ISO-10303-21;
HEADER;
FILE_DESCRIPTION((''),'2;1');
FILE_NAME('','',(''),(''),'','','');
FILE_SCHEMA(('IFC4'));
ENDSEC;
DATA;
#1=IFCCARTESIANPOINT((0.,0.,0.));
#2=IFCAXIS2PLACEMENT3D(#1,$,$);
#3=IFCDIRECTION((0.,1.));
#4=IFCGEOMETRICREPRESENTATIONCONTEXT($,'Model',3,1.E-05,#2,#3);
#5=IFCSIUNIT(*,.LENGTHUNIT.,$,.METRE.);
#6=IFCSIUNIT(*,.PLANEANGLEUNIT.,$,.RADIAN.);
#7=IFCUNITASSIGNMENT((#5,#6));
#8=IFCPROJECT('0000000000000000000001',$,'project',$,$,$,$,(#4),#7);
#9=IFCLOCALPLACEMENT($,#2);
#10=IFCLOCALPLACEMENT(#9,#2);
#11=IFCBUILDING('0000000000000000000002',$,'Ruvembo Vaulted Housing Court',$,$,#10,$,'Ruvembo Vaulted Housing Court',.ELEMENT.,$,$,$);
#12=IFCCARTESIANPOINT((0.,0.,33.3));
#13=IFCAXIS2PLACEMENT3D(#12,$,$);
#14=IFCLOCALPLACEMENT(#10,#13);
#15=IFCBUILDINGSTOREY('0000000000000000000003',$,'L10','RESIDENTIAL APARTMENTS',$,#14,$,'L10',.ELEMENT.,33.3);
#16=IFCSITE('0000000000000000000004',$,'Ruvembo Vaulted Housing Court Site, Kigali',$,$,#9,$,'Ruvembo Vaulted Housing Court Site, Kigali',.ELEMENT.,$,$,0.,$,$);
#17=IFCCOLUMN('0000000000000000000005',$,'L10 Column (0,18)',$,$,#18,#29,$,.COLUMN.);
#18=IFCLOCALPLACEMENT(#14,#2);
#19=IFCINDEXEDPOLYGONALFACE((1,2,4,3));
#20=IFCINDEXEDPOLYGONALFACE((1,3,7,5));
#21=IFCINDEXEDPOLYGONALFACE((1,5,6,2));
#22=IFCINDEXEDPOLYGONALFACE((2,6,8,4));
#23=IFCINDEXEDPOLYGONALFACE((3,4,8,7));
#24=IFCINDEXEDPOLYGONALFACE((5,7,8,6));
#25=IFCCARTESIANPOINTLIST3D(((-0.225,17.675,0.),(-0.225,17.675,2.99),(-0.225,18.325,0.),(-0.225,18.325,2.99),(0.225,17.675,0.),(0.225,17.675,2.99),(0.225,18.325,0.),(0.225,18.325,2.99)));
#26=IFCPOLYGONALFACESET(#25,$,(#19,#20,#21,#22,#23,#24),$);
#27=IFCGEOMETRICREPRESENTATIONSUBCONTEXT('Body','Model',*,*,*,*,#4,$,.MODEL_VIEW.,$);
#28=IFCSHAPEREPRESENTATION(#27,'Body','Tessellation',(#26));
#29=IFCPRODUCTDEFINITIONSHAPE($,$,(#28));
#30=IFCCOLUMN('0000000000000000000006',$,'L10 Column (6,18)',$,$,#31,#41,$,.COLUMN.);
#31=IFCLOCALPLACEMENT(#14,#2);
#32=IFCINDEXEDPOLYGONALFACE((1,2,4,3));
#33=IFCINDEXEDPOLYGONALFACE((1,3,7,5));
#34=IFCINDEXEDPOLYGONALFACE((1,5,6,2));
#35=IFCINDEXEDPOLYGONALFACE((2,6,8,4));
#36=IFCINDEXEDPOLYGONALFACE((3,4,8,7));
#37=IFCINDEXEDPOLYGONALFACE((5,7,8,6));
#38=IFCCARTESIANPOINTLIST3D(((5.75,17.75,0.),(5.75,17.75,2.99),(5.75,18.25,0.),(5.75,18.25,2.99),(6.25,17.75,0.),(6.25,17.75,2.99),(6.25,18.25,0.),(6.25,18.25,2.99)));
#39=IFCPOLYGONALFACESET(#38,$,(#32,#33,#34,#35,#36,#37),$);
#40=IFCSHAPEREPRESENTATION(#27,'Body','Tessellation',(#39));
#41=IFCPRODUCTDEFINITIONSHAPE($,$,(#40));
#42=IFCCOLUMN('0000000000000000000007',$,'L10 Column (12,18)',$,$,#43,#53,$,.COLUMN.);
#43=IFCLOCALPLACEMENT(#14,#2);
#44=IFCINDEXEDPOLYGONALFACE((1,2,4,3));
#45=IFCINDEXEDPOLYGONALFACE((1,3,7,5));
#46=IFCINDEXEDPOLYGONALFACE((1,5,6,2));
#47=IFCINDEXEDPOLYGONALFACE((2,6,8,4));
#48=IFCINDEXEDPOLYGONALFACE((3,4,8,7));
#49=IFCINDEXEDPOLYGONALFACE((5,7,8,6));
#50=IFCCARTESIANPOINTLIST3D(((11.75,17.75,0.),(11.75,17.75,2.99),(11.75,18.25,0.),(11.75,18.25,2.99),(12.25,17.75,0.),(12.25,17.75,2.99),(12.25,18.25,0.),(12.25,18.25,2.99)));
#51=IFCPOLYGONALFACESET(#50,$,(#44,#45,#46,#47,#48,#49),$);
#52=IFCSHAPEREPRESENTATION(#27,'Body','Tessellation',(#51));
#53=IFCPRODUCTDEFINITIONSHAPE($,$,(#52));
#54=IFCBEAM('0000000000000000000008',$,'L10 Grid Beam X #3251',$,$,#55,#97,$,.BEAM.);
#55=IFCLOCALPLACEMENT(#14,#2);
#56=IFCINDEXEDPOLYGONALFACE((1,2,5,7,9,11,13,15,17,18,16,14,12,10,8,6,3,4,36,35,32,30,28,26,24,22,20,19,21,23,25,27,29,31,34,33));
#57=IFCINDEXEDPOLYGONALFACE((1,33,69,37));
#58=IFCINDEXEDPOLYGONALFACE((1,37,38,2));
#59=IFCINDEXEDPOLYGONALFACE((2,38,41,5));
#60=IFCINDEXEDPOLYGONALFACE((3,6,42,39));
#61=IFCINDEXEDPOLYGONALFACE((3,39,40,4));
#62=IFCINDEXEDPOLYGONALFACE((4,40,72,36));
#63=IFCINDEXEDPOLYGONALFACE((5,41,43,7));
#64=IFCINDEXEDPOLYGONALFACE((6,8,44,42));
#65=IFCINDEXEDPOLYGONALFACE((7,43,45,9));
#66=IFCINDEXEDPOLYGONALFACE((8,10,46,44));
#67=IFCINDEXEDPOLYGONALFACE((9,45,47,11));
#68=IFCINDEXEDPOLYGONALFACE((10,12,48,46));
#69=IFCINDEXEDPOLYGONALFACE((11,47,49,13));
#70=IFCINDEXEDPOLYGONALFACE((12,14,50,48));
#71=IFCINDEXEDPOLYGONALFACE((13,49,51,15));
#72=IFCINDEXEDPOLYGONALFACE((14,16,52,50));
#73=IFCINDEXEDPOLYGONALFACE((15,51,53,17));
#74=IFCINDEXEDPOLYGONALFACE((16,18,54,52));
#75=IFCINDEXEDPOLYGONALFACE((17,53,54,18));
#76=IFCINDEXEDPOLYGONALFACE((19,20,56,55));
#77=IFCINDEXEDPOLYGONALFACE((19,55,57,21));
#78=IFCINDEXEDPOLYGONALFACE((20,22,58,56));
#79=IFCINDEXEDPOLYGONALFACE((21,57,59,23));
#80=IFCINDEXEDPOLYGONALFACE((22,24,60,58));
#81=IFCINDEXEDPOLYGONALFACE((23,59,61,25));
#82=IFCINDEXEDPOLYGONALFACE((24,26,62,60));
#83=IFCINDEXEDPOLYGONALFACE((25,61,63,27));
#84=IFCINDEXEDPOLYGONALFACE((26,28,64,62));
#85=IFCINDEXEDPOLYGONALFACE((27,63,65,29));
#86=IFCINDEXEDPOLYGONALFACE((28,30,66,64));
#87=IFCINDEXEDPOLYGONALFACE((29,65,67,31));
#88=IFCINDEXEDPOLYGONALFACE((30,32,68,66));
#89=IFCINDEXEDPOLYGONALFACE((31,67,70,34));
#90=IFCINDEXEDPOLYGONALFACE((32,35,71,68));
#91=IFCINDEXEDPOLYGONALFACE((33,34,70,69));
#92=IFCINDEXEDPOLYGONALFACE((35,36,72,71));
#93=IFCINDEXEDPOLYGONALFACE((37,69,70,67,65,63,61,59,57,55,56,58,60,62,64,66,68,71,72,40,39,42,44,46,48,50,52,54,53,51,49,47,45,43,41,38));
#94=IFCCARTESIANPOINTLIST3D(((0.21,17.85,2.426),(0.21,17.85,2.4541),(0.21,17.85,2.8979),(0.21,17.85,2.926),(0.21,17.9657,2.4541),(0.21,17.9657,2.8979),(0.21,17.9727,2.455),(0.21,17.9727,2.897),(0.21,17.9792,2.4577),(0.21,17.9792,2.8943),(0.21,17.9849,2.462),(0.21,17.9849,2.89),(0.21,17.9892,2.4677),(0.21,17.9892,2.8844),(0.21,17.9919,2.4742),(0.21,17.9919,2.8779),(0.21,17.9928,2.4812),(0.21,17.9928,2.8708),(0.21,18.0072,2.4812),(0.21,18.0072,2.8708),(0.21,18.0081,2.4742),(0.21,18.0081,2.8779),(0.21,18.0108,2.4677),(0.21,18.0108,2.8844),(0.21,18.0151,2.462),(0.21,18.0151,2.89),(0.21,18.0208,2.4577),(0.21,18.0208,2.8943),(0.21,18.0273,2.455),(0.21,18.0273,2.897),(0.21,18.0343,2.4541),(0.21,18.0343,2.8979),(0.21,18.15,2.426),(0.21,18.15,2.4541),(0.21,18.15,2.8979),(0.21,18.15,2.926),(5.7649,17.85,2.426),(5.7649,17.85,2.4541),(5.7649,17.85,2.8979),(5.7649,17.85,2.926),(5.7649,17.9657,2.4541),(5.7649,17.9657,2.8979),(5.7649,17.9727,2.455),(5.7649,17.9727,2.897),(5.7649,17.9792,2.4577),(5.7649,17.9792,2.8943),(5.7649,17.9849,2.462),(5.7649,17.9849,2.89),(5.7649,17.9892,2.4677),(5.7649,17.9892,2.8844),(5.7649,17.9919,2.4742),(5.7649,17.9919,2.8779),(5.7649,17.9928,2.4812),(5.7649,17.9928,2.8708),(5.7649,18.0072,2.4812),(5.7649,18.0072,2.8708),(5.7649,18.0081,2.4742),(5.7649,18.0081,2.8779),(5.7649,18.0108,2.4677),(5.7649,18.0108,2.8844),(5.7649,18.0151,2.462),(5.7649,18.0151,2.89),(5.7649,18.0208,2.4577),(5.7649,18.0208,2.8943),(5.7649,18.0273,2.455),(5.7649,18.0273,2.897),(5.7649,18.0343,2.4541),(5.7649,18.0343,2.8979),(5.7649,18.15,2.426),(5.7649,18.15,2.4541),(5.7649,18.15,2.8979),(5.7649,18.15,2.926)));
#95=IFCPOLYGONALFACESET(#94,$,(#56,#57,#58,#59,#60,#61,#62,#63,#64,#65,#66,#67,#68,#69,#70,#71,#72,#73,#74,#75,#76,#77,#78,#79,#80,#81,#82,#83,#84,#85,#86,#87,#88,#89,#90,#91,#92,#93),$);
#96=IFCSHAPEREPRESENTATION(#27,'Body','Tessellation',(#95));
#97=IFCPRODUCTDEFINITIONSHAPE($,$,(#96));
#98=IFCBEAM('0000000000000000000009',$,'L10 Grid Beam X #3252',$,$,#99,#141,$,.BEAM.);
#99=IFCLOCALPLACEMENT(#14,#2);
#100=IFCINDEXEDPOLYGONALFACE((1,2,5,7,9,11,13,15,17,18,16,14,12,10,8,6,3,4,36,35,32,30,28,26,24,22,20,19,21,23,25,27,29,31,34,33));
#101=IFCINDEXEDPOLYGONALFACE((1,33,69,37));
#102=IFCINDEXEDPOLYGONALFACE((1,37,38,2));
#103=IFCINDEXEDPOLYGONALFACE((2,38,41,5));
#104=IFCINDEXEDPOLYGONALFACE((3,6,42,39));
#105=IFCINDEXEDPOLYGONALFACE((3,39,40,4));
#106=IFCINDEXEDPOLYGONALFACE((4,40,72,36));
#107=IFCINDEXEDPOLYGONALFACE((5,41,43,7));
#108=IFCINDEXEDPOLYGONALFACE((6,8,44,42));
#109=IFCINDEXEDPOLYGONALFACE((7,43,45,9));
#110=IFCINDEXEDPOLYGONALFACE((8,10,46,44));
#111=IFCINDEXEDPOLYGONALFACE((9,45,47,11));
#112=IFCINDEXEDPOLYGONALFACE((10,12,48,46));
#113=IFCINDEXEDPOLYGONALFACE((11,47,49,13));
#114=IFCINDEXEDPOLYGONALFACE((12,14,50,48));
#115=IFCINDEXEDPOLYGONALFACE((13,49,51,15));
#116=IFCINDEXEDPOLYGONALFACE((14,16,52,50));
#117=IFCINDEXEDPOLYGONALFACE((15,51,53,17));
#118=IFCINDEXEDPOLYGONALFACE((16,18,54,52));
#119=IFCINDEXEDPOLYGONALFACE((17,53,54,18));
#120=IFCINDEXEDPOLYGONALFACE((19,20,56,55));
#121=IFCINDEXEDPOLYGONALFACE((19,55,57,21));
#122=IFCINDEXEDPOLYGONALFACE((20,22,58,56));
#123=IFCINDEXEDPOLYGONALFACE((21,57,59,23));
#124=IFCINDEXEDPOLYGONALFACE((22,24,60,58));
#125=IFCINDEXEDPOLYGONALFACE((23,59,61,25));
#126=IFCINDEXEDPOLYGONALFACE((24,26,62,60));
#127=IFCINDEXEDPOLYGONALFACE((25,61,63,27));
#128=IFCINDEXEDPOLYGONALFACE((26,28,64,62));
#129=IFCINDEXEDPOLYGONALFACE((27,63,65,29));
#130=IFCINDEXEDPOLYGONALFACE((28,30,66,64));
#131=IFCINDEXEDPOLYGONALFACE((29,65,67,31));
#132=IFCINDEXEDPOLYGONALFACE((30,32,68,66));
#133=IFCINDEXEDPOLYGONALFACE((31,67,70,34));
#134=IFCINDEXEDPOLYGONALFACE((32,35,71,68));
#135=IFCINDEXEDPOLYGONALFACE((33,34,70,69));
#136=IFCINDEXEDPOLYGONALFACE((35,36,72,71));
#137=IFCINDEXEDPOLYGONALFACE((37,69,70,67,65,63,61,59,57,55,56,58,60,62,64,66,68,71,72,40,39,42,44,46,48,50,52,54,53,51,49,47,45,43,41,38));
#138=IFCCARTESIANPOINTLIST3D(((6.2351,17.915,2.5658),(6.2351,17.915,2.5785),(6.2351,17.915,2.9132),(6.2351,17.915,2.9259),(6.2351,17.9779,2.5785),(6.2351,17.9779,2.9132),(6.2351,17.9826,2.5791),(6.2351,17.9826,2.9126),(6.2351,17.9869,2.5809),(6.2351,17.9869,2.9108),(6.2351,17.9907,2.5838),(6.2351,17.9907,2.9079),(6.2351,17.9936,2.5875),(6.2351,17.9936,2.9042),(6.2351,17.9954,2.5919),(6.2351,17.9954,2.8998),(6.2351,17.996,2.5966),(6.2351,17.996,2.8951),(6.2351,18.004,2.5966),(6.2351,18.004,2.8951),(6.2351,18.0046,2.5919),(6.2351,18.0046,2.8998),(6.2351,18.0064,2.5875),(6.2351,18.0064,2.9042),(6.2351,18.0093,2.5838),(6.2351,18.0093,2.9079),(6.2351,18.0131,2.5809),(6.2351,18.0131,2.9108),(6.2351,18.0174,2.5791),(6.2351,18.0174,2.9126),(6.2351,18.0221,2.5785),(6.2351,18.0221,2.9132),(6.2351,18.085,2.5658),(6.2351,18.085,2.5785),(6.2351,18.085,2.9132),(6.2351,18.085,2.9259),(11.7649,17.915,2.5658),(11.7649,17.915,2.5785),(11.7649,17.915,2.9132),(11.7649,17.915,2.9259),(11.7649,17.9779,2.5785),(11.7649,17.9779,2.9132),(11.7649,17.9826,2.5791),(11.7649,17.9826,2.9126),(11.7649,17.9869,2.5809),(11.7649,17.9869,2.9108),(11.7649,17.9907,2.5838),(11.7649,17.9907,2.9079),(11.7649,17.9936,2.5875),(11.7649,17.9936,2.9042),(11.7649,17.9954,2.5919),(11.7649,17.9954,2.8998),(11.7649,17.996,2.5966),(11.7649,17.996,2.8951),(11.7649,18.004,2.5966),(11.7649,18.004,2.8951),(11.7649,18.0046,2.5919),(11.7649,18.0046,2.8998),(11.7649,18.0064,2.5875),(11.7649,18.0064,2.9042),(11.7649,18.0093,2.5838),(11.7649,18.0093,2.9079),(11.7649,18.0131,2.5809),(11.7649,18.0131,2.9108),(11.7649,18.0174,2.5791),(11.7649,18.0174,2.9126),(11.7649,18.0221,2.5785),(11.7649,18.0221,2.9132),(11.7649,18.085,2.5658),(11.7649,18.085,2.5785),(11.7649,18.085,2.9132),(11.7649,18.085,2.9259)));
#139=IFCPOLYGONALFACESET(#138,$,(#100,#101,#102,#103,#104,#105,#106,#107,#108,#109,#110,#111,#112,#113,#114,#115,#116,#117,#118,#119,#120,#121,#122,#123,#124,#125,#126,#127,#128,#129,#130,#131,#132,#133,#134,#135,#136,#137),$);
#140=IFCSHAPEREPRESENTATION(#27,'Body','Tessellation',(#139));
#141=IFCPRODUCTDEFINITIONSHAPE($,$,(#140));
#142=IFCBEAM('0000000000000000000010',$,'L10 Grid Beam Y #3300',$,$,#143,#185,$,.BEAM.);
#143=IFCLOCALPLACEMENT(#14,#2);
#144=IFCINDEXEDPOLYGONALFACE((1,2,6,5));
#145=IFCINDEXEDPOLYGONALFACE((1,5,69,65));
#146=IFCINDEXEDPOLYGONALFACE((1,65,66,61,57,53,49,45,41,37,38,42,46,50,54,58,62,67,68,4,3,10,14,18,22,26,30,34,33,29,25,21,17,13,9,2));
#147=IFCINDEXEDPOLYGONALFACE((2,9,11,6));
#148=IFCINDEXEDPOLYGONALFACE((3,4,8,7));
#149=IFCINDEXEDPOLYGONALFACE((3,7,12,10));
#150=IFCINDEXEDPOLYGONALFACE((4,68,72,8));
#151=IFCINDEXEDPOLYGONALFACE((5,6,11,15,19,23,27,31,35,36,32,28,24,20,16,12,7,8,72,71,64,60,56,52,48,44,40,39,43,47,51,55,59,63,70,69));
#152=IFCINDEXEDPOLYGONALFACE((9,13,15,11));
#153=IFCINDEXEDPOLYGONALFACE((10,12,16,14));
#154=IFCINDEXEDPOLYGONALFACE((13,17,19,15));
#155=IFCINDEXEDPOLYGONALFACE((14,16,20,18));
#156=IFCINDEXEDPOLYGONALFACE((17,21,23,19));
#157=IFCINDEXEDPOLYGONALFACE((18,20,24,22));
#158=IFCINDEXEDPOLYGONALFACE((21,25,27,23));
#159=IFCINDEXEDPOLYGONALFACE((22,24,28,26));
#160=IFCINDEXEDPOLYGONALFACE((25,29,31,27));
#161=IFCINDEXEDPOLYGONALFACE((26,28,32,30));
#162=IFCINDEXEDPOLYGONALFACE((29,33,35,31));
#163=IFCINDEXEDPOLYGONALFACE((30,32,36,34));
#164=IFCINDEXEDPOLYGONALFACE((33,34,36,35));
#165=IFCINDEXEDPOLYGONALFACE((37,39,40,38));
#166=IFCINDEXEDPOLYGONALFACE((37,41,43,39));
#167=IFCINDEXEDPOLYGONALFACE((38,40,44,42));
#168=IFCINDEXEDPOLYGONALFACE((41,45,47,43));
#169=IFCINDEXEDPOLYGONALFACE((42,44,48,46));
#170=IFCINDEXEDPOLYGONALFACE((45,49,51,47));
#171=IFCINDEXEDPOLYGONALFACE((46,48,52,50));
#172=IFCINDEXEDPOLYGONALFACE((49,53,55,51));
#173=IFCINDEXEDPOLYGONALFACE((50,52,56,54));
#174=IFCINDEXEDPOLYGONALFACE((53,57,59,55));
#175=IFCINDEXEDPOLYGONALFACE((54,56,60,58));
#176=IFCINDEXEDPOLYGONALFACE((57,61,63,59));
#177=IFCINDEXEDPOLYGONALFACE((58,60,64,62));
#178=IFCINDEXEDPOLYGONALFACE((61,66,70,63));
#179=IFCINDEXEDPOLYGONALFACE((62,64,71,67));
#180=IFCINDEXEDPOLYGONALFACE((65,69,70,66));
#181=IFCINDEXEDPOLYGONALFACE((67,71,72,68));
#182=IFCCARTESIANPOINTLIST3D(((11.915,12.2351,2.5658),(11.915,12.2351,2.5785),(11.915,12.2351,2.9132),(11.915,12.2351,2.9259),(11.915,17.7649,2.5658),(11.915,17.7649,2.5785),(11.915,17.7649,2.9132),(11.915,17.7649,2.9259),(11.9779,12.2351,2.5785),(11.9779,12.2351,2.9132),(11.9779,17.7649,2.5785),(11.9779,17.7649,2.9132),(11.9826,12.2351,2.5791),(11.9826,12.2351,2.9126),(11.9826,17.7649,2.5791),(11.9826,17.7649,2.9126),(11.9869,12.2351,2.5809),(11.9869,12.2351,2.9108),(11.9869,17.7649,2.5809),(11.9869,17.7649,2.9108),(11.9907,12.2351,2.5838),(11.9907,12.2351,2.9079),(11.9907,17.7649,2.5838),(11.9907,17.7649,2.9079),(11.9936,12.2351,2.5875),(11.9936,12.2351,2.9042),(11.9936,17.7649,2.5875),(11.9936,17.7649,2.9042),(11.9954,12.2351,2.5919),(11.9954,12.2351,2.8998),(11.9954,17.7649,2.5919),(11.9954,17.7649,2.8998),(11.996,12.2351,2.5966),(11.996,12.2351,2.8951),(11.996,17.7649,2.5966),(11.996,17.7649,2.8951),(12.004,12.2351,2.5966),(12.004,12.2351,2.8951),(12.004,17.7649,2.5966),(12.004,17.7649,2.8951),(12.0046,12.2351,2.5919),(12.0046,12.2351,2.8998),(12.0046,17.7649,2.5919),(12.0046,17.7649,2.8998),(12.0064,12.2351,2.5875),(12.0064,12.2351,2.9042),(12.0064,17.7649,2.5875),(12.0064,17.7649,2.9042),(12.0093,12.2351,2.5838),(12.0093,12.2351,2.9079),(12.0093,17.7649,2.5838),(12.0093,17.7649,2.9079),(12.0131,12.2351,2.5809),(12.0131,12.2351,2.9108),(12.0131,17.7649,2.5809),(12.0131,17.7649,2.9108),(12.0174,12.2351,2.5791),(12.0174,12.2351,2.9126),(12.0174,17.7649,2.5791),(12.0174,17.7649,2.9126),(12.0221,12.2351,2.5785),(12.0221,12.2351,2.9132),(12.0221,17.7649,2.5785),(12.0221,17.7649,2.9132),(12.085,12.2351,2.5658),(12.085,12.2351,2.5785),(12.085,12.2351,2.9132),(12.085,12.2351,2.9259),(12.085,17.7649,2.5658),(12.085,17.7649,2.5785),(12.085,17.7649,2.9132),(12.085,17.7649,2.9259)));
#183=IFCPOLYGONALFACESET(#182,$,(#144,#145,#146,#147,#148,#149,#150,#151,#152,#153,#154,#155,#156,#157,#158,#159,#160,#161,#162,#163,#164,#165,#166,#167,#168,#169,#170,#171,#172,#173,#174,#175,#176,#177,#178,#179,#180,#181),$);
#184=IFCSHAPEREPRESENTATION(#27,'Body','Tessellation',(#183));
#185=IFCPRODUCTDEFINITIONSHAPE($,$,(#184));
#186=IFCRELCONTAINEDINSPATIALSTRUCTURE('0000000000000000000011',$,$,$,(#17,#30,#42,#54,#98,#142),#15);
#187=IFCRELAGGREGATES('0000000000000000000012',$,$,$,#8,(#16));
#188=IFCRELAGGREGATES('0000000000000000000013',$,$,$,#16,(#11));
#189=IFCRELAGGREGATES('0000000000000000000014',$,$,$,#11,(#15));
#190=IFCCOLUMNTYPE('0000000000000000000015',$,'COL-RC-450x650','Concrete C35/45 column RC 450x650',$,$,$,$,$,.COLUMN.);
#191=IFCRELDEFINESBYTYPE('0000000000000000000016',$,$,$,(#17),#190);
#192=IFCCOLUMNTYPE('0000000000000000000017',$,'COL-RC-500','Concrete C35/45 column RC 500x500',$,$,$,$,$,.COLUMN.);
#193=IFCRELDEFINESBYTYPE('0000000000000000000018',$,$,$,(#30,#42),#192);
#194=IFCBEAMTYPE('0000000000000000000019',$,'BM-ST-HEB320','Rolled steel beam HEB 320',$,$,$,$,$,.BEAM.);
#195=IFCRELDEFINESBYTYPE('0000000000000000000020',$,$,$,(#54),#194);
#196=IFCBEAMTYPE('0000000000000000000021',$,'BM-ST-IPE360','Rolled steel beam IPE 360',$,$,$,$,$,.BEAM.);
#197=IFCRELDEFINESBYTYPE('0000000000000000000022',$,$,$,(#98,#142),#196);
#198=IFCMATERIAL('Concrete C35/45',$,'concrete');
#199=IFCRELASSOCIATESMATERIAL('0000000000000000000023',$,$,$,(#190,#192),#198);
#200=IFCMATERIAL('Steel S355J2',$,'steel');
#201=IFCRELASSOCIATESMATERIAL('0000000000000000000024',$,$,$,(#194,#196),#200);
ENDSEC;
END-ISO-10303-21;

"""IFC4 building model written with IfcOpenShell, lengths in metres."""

from ifc_helpers import new_model, si_unit, direction, frame, origin, origin_2d, place, context, subcontext, project, spatial, rectangle, i_section, extrude, material, material_profile, profile_set, type_object, element, save


model = new_model("IFC4")

# Units and contexts
model_context = context("Model", 3, precision=1e-05, world=origin(), true_north=direction((0.0, 1.0)))
body_context = subcontext(model_context, "Body", "Model", "MODEL_VIEW")
ifc_project = project(units=[si_unit("LENGTHUNIT", "METRE"), si_unit("PLANEANGLEUNIT", "RADIAN")], contexts=[model_context])

# Site, building, storey
site_placement = place(None, origin())
site = spatial("IfcSite", under=ifc_project, at=site_placement, Name="Ruvembo Vaulted Housing Court Site, Kigali", LongName="Ruvembo Vaulted Housing Court Site, Kigali", CompositionType="ELEMENT", RefElevation=0.0)
building_placement = place(site_placement, origin())
building = spatial("IfcBuilding", under=site, at=building_placement, Name="Ruvembo Vaulted Housing Court", LongName="Ruvembo Vaulted Housing Court", CompositionType="ELEMENT")
storey_placement = place(building_placement, frame((0.0, 0.0, 33.3)))
storey = spatial("IfcBuildingStorey", under=building, at=storey_placement, Name="L10", Description="RESIDENTIAL APARTMENTS", LongName="L10", CompositionType="ELEMENT", Elevation=33.3)

# Columns
ifc_material_1 = material(Name="Concrete C35/45", Category="concrete")
ifc_material_profile_1 = material_profile(ifc_material_1, rectangle(XDim=0.45, YDim=0.6499, at=origin_2d()), Name="RC 450x650")
ifc_profile_set_1 = profile_set([ifc_material_profile_1], Name="Concrete C35/45")
column_type_1 = type_object("IfcColumnType", Name="COL-RC-450x650", Description="Concrete C35/45 column RC 450x650", PredefinedType="COLUMN", material=ifc_profile_set_1)
column_placement = place(storey_placement, frame((0.0, 18.0, 0.0), z_axis=(0.0, 0.0, 1.0), x_axis=(1.0, 0.0, 0.0)))
element("IfcColumn", 1, at=column_placement, inside=storey, type_object=column_type_1, Name="L10 Column (0,18)", PredefinedType="COLUMN", context=body_context, shape_type="SweptSolid", body=[
    extrude(rectangle(XDim=0.45, YDim=0.6499, at=origin_2d()), origin(), (0.0, 0.0, 1.0), 2.99),
])
ifc_material_profile_2 = material_profile(ifc_material_1, rectangle(XDim=0.5, YDim=0.5, at=origin_2d()), Name="RC 500x500")
ifc_profile_set_2 = profile_set([ifc_material_profile_2], Name="Concrete C35/45")
column_type_2 = type_object("IfcColumnType", Name="COL-RC-500", Description="Concrete C35/45 column RC 500x500", PredefinedType="COLUMN", material=ifc_profile_set_2)
for number, where, z_axis, x_axis, name in (
    (2, (6.0, 18.0, 0.0), (0.0, 0.0, 1.0), (1.0, 0.0, 0.0), "L10 Column (6,18)"),
    (3, (12.0, 18.0, 0.0), (0.0, 0.0, 1.0), (1.0, 0.0, 0.0), "L10 Column (12,18)"),
):
    element("IfcColumn", number, at=place(storey_placement, frame(where, z_axis=z_axis, x_axis=x_axis)), inside=storey, type_object=column_type_2, Name=name, PredefinedType="COLUMN", context=body_context, shape_type="SweptSolid", body=[
        extrude(rectangle(XDim=0.5, YDim=0.5, at=origin_2d()), origin(), (0.0, 0.0, 1.0), 2.99),
    ])

# Beams
ifc_material_2 = material(Name="Steel S355J2", Category="steel")
ifc_material_profile_3 = material_profile(ifc_material_2, i_section(OverallWidth=0.3, OverallDepth=0.5, WebThickness=0.0144, FlangeThickness=0.0281, FilletRadius=0.0271, at=origin_2d()), Name="HEB 320")
ifc_profile_set_3 = profile_set([ifc_material_profile_3], Name="Steel S355J2")
beam_type_1 = type_object("IfcBeamType", Name="BM-ST-HEB320", Description="Rolled steel beam HEB 320", PredefinedType="BEAM", material=ifc_profile_set_3)
beam_1_placement = place(storey_placement, frame((0.21, 18.0, 2.676), z_axis=(1.0, 0.0, 0.0), x_axis=(0.0, 1.0, 0.0)))
element("IfcBeam", 4, at=beam_1_placement, inside=storey, type_object=beam_type_1, Name="L10 Grid Beam X #3251", PredefinedType="BEAM", context=body_context, shape_type="SweptSolid", body=[
    extrude(i_section(OverallWidth=0.3, OverallDepth=0.5, WebThickness=0.0144, FlangeThickness=0.0281, FilletRadius=0.0271, at=origin_2d()), origin(), (0.0, 0.0, 1.0), 5.5549),
])
ifc_material_profile_4 = material_profile(ifc_material_2, i_section(OverallWidth=0.1699, OverallDepth=0.3601, WebThickness=0.0081, FlangeThickness=0.0127, FilletRadius=0.0181, at=origin_2d()), Name="IPE 360")
ifc_profile_set_4 = profile_set([ifc_material_profile_4], Name="Steel S355J2")
beam_type_2 = type_object("IfcBeamType", Name="BM-ST-IPE360", Description="Rolled steel beam IPE 360", PredefinedType="BEAM", material=ifc_profile_set_4)
for number, where, z_axis, x_axis, name in (
    (5, (6.2351, 18.0, 2.7458), (1.0, 0.0, 0.0), (0.0, 1.0, 0.0), "L10 Grid Beam X #3252"),
    (6, (12.0, 12.2351, 2.7458), (0.0, 1.0, 0.0), (-1.0, 0.0, 0.0), "L10 Grid Beam Y #3300"),
):
    element("IfcBeam", number, at=place(storey_placement, frame(where, z_axis=z_axis, x_axis=x_axis)), inside=storey, type_object=beam_type_2, Name=name, PredefinedType="BEAM", context=body_context, shape_type="SweptSolid", body=[
        extrude(i_section(OverallWidth=0.1699, OverallDepth=0.3601, WebThickness=0.0081, FlangeThickness=0.0127, FilletRadius=0.0181, at=origin_2d()), origin(), (0.0, 0.0, 1.0), 5.5298),
    ])

save(model, "model.ifc")
